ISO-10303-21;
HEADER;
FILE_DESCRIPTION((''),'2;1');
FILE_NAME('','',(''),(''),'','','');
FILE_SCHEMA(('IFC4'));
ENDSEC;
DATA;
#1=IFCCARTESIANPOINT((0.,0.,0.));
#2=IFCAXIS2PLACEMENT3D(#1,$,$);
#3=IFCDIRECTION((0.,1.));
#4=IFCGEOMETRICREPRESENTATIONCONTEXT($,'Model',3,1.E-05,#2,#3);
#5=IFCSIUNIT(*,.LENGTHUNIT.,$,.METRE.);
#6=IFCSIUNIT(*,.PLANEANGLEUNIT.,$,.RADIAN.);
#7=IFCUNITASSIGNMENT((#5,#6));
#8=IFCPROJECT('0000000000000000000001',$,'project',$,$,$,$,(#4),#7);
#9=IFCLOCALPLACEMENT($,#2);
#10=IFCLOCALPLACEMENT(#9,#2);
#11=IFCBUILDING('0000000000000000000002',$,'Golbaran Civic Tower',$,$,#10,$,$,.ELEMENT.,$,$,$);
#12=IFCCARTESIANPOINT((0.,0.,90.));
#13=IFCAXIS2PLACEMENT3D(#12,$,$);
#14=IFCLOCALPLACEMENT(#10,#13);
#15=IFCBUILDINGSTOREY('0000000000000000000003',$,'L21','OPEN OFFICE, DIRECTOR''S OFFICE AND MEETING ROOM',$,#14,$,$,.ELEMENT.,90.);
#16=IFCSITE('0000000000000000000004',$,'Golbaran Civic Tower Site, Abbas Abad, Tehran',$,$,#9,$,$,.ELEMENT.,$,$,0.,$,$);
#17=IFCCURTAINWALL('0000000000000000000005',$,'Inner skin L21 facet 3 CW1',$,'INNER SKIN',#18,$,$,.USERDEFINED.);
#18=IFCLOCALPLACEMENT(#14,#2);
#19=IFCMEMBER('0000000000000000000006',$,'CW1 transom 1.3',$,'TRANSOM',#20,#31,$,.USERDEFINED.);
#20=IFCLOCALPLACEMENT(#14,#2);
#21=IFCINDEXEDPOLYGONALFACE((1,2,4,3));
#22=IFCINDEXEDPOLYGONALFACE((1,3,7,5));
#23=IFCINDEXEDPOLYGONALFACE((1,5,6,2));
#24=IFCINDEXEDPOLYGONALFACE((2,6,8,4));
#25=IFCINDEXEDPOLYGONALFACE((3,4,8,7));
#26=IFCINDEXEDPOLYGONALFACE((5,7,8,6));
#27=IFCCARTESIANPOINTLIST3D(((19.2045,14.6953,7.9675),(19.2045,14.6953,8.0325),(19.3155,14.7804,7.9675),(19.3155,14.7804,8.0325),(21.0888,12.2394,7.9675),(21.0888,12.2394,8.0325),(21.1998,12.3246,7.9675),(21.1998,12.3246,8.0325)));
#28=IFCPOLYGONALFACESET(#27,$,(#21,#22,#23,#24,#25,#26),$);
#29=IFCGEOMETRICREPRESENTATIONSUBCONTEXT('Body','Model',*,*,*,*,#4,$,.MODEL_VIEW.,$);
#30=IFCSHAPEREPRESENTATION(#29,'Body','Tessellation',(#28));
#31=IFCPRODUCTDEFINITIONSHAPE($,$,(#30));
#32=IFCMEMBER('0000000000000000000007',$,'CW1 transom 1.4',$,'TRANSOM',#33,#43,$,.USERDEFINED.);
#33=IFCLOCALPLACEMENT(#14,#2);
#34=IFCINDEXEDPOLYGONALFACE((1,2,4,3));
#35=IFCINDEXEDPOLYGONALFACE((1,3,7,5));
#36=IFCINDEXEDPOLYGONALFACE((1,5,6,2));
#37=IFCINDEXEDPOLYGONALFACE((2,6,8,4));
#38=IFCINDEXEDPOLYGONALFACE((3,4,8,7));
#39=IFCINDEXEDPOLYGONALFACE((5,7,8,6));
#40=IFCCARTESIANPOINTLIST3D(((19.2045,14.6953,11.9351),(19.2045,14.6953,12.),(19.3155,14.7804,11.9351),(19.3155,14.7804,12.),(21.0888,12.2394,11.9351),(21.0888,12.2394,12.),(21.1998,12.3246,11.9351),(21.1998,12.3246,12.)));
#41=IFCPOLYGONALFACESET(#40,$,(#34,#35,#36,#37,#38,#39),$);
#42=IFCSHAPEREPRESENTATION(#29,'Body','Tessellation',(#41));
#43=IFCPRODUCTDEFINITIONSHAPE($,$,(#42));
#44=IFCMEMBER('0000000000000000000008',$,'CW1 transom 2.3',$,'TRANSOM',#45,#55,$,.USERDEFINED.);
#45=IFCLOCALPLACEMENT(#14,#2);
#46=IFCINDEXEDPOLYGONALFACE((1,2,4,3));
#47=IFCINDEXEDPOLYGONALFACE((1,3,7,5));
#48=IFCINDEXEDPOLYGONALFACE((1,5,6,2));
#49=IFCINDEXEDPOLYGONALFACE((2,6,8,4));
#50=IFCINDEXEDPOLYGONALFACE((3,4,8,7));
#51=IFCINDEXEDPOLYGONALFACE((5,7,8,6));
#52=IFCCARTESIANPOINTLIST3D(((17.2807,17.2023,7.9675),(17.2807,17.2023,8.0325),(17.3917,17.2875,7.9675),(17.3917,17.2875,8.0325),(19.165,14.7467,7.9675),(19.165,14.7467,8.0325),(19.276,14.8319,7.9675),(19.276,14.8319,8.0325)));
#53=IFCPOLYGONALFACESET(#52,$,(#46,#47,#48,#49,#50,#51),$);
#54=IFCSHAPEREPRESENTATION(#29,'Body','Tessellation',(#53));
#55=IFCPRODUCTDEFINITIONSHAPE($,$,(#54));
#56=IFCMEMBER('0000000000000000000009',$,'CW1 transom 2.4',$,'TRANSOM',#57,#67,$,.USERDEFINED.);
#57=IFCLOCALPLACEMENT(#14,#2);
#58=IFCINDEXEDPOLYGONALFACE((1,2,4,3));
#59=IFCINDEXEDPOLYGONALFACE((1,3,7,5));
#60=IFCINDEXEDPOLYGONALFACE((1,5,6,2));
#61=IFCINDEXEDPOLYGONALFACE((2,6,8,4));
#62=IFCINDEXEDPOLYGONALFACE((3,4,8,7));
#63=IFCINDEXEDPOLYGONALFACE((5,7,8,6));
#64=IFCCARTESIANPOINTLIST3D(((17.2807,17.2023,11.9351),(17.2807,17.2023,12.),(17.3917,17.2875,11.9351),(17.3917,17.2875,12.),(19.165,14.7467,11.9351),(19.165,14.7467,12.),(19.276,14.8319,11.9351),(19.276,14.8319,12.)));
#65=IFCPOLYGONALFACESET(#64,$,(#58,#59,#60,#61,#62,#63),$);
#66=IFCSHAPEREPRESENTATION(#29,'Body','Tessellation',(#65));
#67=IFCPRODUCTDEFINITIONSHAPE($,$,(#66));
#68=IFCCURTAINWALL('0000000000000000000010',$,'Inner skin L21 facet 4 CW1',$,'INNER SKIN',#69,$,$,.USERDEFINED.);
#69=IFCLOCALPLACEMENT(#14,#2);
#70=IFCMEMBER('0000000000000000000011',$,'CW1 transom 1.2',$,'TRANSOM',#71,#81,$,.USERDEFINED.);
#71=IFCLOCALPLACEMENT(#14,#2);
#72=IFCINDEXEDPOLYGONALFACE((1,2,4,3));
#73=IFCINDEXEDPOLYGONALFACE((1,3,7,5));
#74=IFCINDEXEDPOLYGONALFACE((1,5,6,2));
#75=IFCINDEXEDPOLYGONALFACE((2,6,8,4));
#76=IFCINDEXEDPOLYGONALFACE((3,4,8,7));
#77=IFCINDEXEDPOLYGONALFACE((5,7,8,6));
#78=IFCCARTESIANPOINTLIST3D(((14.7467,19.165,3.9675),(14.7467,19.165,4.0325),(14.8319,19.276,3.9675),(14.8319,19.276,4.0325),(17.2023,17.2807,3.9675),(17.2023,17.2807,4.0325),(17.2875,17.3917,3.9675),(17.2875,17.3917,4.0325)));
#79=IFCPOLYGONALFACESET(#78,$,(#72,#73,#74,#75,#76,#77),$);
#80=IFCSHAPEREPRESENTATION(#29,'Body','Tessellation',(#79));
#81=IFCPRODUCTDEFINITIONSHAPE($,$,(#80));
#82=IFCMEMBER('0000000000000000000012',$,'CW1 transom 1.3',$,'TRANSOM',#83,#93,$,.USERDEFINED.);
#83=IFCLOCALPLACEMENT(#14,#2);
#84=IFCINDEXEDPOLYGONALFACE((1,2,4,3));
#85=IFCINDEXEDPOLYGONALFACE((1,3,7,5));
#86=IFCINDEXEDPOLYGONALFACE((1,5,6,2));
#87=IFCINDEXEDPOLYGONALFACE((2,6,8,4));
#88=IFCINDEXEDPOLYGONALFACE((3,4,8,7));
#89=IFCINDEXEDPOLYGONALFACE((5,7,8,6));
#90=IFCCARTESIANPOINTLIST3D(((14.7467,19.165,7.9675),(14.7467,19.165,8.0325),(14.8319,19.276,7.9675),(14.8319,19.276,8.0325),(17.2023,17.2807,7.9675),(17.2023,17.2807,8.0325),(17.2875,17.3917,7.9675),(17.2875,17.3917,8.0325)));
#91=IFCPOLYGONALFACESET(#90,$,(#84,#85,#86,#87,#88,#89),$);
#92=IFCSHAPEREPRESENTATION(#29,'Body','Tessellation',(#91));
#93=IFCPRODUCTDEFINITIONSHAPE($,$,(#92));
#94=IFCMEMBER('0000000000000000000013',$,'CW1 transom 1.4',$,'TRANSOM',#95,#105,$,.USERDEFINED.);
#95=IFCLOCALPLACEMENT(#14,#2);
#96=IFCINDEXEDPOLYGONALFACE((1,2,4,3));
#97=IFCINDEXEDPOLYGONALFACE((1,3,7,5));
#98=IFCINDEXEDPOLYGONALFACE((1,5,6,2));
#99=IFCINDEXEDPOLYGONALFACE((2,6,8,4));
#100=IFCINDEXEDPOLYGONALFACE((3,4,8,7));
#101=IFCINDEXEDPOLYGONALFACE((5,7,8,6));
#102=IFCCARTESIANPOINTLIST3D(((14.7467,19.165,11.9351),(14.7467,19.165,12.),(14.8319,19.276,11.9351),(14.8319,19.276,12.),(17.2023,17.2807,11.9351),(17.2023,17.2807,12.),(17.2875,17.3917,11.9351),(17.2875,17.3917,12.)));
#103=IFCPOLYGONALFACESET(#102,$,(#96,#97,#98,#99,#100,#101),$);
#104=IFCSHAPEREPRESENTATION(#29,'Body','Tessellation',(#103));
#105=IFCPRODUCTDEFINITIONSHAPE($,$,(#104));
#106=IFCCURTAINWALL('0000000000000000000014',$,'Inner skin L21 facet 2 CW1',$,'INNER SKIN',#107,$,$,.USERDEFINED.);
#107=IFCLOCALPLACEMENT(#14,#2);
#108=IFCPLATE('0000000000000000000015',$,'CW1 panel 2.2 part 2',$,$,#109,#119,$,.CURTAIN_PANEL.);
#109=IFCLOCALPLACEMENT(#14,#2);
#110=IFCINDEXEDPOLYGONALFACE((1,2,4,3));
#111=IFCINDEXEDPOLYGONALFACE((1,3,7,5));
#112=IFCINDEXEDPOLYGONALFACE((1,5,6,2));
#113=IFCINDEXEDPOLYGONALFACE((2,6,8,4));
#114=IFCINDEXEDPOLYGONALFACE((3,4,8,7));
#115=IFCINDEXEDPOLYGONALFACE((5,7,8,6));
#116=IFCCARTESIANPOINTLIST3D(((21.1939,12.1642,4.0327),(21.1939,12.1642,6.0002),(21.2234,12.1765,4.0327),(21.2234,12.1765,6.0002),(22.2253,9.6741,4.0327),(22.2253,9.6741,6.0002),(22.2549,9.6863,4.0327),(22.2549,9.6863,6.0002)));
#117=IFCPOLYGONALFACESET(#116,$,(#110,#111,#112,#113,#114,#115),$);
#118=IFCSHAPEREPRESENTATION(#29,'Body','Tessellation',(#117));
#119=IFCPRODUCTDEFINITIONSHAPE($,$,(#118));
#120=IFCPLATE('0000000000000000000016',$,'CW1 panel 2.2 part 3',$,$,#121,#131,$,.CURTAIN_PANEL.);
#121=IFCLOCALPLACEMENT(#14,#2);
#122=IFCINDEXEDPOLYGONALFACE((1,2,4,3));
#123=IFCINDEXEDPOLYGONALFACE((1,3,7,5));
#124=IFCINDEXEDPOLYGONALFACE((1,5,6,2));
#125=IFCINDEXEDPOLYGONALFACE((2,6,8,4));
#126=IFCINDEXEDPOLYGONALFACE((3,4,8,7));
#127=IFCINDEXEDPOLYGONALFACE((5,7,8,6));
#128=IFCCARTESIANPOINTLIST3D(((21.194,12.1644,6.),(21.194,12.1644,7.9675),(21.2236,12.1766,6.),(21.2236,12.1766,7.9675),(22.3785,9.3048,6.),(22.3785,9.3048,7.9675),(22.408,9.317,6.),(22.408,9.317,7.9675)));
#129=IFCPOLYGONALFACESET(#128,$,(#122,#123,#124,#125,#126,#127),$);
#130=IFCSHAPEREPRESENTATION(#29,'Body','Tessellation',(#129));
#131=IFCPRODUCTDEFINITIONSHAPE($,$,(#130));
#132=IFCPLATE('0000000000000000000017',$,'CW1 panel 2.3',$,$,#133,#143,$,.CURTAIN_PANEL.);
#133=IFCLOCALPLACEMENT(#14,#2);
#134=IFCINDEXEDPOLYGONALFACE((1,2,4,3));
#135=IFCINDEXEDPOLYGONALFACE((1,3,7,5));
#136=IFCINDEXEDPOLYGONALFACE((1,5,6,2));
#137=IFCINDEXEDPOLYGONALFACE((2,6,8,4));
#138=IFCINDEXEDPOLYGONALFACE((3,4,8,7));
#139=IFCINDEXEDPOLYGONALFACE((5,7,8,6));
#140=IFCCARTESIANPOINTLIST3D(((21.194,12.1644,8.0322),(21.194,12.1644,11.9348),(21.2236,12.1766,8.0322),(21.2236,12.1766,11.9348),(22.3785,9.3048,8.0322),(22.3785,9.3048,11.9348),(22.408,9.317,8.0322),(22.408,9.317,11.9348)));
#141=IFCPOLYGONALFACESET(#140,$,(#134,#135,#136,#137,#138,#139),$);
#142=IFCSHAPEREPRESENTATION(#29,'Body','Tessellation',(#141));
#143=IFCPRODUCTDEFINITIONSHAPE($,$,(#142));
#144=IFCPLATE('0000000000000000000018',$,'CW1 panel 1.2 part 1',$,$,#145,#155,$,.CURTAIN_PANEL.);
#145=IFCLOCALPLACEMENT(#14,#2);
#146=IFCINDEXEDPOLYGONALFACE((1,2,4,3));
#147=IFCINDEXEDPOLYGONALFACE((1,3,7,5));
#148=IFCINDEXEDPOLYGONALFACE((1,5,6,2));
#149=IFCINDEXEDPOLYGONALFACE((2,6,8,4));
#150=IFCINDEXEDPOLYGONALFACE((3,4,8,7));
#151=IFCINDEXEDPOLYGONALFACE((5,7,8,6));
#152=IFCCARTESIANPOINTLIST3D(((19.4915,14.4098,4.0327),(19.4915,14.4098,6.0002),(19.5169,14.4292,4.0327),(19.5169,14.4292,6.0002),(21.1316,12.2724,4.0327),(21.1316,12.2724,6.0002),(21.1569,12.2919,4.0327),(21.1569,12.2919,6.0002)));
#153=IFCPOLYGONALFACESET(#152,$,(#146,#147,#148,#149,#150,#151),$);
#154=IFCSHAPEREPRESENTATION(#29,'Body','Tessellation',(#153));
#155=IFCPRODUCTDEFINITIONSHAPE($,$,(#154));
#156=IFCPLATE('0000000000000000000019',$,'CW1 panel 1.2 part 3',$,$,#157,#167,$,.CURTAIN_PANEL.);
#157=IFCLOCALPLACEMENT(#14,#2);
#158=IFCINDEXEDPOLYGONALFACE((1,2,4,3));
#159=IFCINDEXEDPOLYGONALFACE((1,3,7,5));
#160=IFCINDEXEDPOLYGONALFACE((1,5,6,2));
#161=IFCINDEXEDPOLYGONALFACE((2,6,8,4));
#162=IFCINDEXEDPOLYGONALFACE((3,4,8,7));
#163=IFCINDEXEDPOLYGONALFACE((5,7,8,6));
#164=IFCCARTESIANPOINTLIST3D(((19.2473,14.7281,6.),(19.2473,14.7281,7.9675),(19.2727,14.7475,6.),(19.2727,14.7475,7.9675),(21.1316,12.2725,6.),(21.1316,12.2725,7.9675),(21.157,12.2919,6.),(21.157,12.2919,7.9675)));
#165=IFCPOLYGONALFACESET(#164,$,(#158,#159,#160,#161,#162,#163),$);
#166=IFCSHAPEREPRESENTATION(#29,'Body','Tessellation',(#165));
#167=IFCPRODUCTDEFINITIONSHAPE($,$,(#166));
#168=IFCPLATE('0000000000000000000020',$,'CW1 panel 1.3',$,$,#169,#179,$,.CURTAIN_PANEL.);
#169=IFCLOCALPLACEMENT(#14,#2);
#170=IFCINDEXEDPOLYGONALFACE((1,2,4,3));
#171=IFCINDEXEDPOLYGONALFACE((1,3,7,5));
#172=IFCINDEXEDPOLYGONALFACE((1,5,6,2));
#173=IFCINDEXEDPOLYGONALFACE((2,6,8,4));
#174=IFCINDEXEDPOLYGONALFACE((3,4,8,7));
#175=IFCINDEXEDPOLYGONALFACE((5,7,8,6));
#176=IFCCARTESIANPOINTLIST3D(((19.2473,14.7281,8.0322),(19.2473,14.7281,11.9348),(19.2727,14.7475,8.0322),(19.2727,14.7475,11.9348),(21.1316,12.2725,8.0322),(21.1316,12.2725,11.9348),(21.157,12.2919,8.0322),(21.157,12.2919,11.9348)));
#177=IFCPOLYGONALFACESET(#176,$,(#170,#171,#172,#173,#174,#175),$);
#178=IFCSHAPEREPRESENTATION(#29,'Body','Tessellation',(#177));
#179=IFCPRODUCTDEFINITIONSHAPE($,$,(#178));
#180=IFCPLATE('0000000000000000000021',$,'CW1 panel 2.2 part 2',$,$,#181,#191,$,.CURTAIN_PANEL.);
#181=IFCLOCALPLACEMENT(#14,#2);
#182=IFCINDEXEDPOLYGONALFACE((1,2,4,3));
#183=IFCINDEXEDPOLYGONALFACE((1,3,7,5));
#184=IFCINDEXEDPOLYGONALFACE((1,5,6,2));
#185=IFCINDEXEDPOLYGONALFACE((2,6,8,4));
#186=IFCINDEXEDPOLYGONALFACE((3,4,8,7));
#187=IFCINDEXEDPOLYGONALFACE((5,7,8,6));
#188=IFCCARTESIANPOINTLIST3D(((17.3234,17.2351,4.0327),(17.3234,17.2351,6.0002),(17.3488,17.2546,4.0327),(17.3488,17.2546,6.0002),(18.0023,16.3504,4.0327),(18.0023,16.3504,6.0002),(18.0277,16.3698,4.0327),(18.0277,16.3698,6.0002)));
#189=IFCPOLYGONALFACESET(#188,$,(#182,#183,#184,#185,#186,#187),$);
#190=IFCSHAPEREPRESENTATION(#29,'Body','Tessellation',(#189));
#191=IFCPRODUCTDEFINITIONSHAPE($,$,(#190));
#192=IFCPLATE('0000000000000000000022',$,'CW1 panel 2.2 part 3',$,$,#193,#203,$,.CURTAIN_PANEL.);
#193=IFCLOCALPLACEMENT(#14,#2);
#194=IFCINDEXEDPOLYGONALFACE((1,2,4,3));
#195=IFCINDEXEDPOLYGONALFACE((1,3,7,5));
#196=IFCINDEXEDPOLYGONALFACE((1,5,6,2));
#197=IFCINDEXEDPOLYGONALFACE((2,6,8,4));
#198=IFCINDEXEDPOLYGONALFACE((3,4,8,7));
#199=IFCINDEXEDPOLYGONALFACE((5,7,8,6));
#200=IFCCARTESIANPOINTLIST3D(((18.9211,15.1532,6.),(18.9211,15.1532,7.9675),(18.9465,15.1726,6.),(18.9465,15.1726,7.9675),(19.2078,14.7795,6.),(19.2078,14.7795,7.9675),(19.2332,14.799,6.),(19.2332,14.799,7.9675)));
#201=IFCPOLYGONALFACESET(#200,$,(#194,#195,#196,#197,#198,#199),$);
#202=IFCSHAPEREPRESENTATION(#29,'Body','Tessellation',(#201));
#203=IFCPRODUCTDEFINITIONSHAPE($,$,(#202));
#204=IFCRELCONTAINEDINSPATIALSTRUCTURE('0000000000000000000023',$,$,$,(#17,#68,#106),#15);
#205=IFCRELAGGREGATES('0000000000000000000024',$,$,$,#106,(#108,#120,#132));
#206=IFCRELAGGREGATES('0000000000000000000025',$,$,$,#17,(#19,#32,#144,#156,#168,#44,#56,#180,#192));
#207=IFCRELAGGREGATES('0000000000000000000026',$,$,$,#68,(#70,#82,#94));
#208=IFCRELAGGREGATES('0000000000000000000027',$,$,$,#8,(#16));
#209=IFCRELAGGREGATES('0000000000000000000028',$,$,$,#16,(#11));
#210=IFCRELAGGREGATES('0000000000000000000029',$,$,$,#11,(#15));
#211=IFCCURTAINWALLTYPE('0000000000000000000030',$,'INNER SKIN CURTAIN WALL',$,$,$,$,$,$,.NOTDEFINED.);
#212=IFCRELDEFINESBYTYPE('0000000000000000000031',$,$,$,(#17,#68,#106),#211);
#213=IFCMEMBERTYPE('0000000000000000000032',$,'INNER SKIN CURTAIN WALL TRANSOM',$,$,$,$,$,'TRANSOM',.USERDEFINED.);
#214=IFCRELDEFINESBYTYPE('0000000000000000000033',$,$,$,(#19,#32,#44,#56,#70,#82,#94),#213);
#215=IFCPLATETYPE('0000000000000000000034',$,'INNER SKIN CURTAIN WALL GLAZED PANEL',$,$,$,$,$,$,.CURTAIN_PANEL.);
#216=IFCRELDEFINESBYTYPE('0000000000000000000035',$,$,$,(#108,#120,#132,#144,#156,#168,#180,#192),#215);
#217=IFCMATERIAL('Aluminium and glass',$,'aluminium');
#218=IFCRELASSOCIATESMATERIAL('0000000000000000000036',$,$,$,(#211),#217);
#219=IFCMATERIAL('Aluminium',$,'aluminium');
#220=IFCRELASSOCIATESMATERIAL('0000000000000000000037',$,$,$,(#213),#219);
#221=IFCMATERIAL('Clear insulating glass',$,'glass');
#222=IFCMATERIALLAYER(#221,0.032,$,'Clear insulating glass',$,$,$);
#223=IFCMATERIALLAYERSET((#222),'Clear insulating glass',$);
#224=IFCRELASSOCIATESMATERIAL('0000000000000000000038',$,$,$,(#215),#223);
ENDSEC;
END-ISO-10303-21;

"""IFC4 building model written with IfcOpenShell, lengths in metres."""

from ifc_helpers import new_model, si_unit, direction, frame, origin, origin_2d, place, context, subcontext, project, spatial, rectangle, extrude, material, layer, layer_set, material_profile, profile_set, type_object, element, aggregate, save


model = new_model("IFC4")

# Units and contexts
model_context = context("Model", 3, precision=1e-05, world=origin(), true_north=direction((0.0, 1.0)))
body_context = subcontext(model_context, "Body", "Model", "MODEL_VIEW")
ifc_project = project(units=[si_unit("LENGTHUNIT", "METRE"), si_unit("PLANEANGLEUNIT", "RADIAN")], contexts=[model_context])

# Site, building, storey
site_placement = place(None, origin())
site = spatial("IfcSite", under=ifc_project, at=site_placement, Name="Golbaran Civic Tower Site, Abbas Abad, Tehran", CompositionType="ELEMENT", RefElevation=0.0)
building_placement = place(site_placement, origin())
building = spatial("IfcBuilding", under=site, at=building_placement, Name="Golbaran Civic Tower", CompositionType="ELEMENT")
storey_placement = place(building_placement, frame((0.0, 0.0, 90.0)))
storey = spatial("IfcBuildingStorey", under=building, at=storey_placement, Name="L21", Description="OPEN OFFICE, DIRECTOR'S OFFICE AND MEETING ROOM", CompositionType="ELEMENT", Elevation=90.0)

# Curtain walls, members
ifc_material_1 = material(Name="Aluminium and glass", Category="aluminium")
curtain_wall_type = type_object("IfcCurtainWallType", Name="INNER SKIN CURTAIN WALL", PredefinedType="NOTDEFINED", material=ifc_material_1)
curtain_wall_1_placement = place(storey_placement, origin())
curtain_wall_1 = element("IfcCurtainWall", 1, at=curtain_wall_1_placement, inside=storey, type_object=curtain_wall_type, Name="Inner skin L21 facet 3 CW1", ObjectType="INNER SKIN", PredefinedType="USERDEFINED")
ifc_material_2 = material(Name="Aluminium", Category="aluminium")
ifc_material_profile = material_profile(ifc_material_2, rectangle(XDim=0.1399, YDim=0.0649, at=origin_2d()), Name="INNER SKIN CURTAIN WALL TRANSOM")
ifc_profile_set = profile_set([ifc_material_profile], Name="Aluminium")
member_type = type_object("IfcMemberType", Name="INNER SKIN CURTAIN WALL TRANSOM", ElementType="TRANSOM", PredefinedType="USERDEFINED", material=ifc_profile_set)
member_1_placement = place(storey_placement, frame((21.1443, 12.282, 8.0), z_axis=(-0.608735, 0.793374, 0.0), x_axis=(-0.793374, -0.608735, 0.0)))
member_1 = element("IfcMember", 2, at=member_1_placement, type_object=member_type, Name="CW1 transom 1.3", ObjectType="TRANSOM", PredefinedType="USERDEFINED", context=body_context, shape_type="SweptSolid", body=[
    extrude(rectangle(XDim=0.1399, YDim=0.0649, at=origin_2d()), origin(), (0.0, 0.0, 1.0), 3.0955),
])
member_2_placement = place(storey_placement, frame((21.1443, 12.282, 11.9675), z_axis=(-0.608735, 0.793374, 0.0), x_axis=(-0.793374, -0.608735, 0.0)))
member_2 = element("IfcMember", 3, at=member_2_placement, type_object=member_type, Name="CW1 transom 1.4", ObjectType="TRANSOM", PredefinedType="USERDEFINED", context=body_context, shape_type="SweptSolid", body=[
    extrude(rectangle(XDim=0.1399, YDim=0.0649, at=origin_2d()), origin(), (0.0, 0.0, 1.0), 3.0955),
])
member_3_placement = place(storey_placement, frame((19.2205, 14.7893, 8.0), z_axis=(-0.608773, 0.793345, 0.0), x_axis=(-0.793345, -0.608773, 0.0)))
member_3 = element("IfcMember", 4, at=member_3_placement, type_object=member_type, Name="CW1 transom 2.3", ObjectType="TRANSOM", PredefinedType="USERDEFINED", context=body_context, shape_type="SweptSolid", body=[
    extrude(rectangle(XDim=0.1399, YDim=0.0649, at=origin_2d()), origin(), (0.0, 0.0, 1.0), 3.0952),
])
member_4_placement = place(storey_placement, frame((19.2205, 14.7893, 11.9675), z_axis=(-0.608773, 0.793345, 0.0), x_axis=(-0.793345, -0.608773, 0.0)))
member_4 = element("IfcMember", 5, at=member_4_placement, type_object=member_type, Name="CW1 transom 2.4", ObjectType="TRANSOM", PredefinedType="USERDEFINED", context=body_context, shape_type="SweptSolid", body=[
    extrude(rectangle(XDim=0.1399, YDim=0.0649, at=origin_2d()), origin(), (0.0, 0.0, 1.0), 3.0952),
])
curtain_wall_2_placement = place(storey_placement, origin())
curtain_wall_2 = element("IfcCurtainWall", 6, at=curtain_wall_2_placement, inside=storey, type_object=curtain_wall_type, Name="Inner skin L21 facet 4 CW1", ObjectType="INNER SKIN", PredefinedType="USERDEFINED")
member_5_placement = place(storey_placement, frame((17.2449, 17.3362, 4.0), z_axis=(-0.793345, 0.608773, 0.0), x_axis=(-0.608773, -0.793345, 0.0)))
member_5 = element("IfcMember", 7, at=member_5_placement, type_object=member_type, Name="CW1 transom 1.2", ObjectType="TRANSOM", PredefinedType="USERDEFINED", context=body_context, shape_type="SweptSolid", body=[
    extrude(rectangle(XDim=0.1399, YDim=0.0649, at=origin_2d()), origin(), (0.0, 0.0, 1.0), 3.0952),
])
member_6_placement = place(storey_placement, frame((17.2449, 17.3362, 8.0), z_axis=(-0.793345, 0.608773, 0.0), x_axis=(-0.608773, -0.793345, 0.0)))
member_6 = element("IfcMember", 8, at=member_6_placement, type_object=member_type, Name="CW1 transom 1.3", ObjectType="TRANSOM", PredefinedType="USERDEFINED", context=body_context, shape_type="SweptSolid", body=[
    extrude(rectangle(XDim=0.1399, YDim=0.0649, at=origin_2d()), origin(), (0.0, 0.0, 1.0), 3.0952),
])
member_7_placement = place(storey_placement, frame((17.2449, 17.3362, 11.9675), z_axis=(-0.793345, 0.608773, 0.0), x_axis=(-0.608773, -0.793345, 0.0)))
member_7 = element("IfcMember", 9, at=member_7_placement, type_object=member_type, Name="CW1 transom 1.4", ObjectType="TRANSOM", PredefinedType="USERDEFINED", context=body_context, shape_type="SweptSolid", body=[
    extrude(rectangle(XDim=0.1399, YDim=0.0649, at=origin_2d()), origin(), (0.0, 0.0, 1.0), 3.0952),
])

# Curtain wall, plates
curtain_wall_3_placement = place(storey_placement, origin())
curtain_wall_3 = element("IfcCurtainWall", 10, at=curtain_wall_3_placement, inside=storey, type_object=curtain_wall_type, Name="Inner skin L21 facet 2 CW1", ObjectType="INNER SKIN", PredefinedType="USERDEFINED")
ifc_material_3 = material(Name="Clear insulating glass", Category="glass")
ifc_layer_1 = layer(ifc_material_3, 0.032, Name="Clear insulating glass")
ifc_layer_set_1 = layer_set([ifc_layer_1], Name="Clear insulating glass")
plate_type_1 = type_object("IfcPlateType", Name="INNER SKIN CURTAIN WALL GLAZED PANEL", PredefinedType="CURTAIN_PANEL", material=ifc_layer_set_1)
plate_1_placement = place(storey_placement, frame((21.7244, 10.9253, 4.0327), z_axis=(0.0, 0.0, 1.0), x_axis=(-0.382683, 0.92388, 0.0)))
plate_1 = element("IfcPlate", 11, at=plate_1_placement, type_object=plate_type_1, Name="CW1 panel 2.2 part 2", PredefinedType="CURTAIN_PANEL", context=body_context, shape_type="SweptSolid", body=[
    extrude(rectangle(XDim=2.6953, YDim=0.032, at=origin_2d()), origin(), (0.0, 0.0, 1.0), 1.9675),
])
plate_2_placement = place(storey_placement, frame((21.801, 10.7407, 6.0), z_axis=(0.0, 0.0, 1.0), x_axis=(-0.382683, 0.92388, 0.0)))
plate_2 = element("IfcPlate", 12, at=plate_2_placement, type_object=plate_type_1, Name="CW1 panel 2.2 part 3", PredefinedType="CURTAIN_PANEL", context=body_context, shape_type="SweptSolid", body=[
    extrude(rectangle(XDim=3.0952, YDim=0.032, at=origin_2d()), origin(), (0.0, 0.0, 1.0), 1.9675),
])
plate_3_placement = place(storey_placement, frame((21.801, 10.7407, 8.0322), z_axis=(0.0, 0.0, 1.0), x_axis=(-0.382683, 0.92388, 0.0)))
plate_3 = element("IfcPlate", 13, at=plate_3_placement, type_object=plate_type_1, Name="CW1 panel 2.3", PredefinedType="CURTAIN_PANEL", context=body_context, shape_type="SweptSolid", body=[
    extrude(rectangle(XDim=3.0952, YDim=0.032, at=origin_2d()), origin(), (0.0, 0.0, 1.0), 3.9026),
])
aggregate(curtain_wall_3, [plate_1, plate_2, plate_3])

# Plates
plate_4_placement = place(storey_placement, frame((20.3242, 13.3508, 4.0327), z_axis=(0.0, 0.0, 1.0), x_axis=(-0.608761, 0.793353, 0.0)))
plate_4 = element("IfcPlate", 14, at=plate_4_placement, type_object=plate_type_1, Name="CW1 panel 1.2 part 1", PredefinedType="CURTAIN_PANEL", context=body_context, shape_type="SweptSolid", body=[
    extrude(rectangle(XDim=2.6941, YDim=0.032, at=origin_2d()), origin(), (0.0, 0.0, 1.0), 1.9675),
])
plate_5_placement = place(storey_placement, frame((20.2021, 13.51, 6.0), z_axis=(0.0, 0.0, 1.0), x_axis=(-0.608761, 0.793353, 0.0)))
plate_5 = element("IfcPlate", 15, at=plate_5_placement, type_object=plate_type_1, Name="CW1 panel 1.2 part 3", PredefinedType="CURTAIN_PANEL", context=body_context, shape_type="SweptSolid", body=[
    extrude(rectangle(XDim=3.0952, YDim=0.032, at=origin_2d()), origin(), (0.0, 0.0, 1.0), 1.9675),
])
plate_6_placement = place(storey_placement, frame((20.2021, 13.51, 8.0322), z_axis=(0.0, 0.0, 1.0), x_axis=(-0.608761, 0.793353, 0.0)))
plate_6 = element("IfcPlate", 16, at=plate_6_placement, type_object=plate_type_1, Name="CW1 panel 1.3", PredefinedType="CURTAIN_PANEL", context=body_context, shape_type="SweptSolid", body=[
    extrude(rectangle(XDim=3.0952, YDim=0.032, at=origin_2d()), origin(), (0.0, 0.0, 1.0), 3.9026),
])
plate_7_placement = place(storey_placement, frame((17.6755, 16.8025, 4.0327), z_axis=(0.0, 0.0, 1.0), x_axis=(-0.608761, 0.793353, 0.0)))
plate_7 = element("IfcPlate", 17, at=plate_7_placement, type_object=plate_type_1, Name="CW1 panel 2.2 part 2", PredefinedType="CURTAIN_PANEL", context=body_context, shape_type="SweptSolid", body=[
    extrude(rectangle(XDim=1.1152, YDim=0.032, at=origin_2d()), origin(), (0.0, 0.0, 1.0), 1.9675),
])
plate_8_placement = place(storey_placement, frame((19.0771, 14.9761, 6.0), z_axis=(0.0, 0.0, 1.0), x_axis=(-0.608761, 0.793353, 0.0)))
plate_8 = element("IfcPlate", 18, at=plate_8_placement, type_object=plate_type_1, Name="CW1 panel 2.2 part 3", PredefinedType="CURTAIN_PANEL", context=body_context, shape_type="SweptSolid", body=[
    extrude(rectangle(XDim=0.4709, YDim=0.032, at=origin_2d()), origin(), (0.0, 0.0, 1.0), 1.9675),
])
aggregate(curtain_wall_1, [member_1, member_2, plate_4, plate_5, plate_6, member_3, member_4, plate_7, plate_8])
aggregate(curtain_wall_2, [member_5, member_6, member_7])

save(model, "model.ifc")
